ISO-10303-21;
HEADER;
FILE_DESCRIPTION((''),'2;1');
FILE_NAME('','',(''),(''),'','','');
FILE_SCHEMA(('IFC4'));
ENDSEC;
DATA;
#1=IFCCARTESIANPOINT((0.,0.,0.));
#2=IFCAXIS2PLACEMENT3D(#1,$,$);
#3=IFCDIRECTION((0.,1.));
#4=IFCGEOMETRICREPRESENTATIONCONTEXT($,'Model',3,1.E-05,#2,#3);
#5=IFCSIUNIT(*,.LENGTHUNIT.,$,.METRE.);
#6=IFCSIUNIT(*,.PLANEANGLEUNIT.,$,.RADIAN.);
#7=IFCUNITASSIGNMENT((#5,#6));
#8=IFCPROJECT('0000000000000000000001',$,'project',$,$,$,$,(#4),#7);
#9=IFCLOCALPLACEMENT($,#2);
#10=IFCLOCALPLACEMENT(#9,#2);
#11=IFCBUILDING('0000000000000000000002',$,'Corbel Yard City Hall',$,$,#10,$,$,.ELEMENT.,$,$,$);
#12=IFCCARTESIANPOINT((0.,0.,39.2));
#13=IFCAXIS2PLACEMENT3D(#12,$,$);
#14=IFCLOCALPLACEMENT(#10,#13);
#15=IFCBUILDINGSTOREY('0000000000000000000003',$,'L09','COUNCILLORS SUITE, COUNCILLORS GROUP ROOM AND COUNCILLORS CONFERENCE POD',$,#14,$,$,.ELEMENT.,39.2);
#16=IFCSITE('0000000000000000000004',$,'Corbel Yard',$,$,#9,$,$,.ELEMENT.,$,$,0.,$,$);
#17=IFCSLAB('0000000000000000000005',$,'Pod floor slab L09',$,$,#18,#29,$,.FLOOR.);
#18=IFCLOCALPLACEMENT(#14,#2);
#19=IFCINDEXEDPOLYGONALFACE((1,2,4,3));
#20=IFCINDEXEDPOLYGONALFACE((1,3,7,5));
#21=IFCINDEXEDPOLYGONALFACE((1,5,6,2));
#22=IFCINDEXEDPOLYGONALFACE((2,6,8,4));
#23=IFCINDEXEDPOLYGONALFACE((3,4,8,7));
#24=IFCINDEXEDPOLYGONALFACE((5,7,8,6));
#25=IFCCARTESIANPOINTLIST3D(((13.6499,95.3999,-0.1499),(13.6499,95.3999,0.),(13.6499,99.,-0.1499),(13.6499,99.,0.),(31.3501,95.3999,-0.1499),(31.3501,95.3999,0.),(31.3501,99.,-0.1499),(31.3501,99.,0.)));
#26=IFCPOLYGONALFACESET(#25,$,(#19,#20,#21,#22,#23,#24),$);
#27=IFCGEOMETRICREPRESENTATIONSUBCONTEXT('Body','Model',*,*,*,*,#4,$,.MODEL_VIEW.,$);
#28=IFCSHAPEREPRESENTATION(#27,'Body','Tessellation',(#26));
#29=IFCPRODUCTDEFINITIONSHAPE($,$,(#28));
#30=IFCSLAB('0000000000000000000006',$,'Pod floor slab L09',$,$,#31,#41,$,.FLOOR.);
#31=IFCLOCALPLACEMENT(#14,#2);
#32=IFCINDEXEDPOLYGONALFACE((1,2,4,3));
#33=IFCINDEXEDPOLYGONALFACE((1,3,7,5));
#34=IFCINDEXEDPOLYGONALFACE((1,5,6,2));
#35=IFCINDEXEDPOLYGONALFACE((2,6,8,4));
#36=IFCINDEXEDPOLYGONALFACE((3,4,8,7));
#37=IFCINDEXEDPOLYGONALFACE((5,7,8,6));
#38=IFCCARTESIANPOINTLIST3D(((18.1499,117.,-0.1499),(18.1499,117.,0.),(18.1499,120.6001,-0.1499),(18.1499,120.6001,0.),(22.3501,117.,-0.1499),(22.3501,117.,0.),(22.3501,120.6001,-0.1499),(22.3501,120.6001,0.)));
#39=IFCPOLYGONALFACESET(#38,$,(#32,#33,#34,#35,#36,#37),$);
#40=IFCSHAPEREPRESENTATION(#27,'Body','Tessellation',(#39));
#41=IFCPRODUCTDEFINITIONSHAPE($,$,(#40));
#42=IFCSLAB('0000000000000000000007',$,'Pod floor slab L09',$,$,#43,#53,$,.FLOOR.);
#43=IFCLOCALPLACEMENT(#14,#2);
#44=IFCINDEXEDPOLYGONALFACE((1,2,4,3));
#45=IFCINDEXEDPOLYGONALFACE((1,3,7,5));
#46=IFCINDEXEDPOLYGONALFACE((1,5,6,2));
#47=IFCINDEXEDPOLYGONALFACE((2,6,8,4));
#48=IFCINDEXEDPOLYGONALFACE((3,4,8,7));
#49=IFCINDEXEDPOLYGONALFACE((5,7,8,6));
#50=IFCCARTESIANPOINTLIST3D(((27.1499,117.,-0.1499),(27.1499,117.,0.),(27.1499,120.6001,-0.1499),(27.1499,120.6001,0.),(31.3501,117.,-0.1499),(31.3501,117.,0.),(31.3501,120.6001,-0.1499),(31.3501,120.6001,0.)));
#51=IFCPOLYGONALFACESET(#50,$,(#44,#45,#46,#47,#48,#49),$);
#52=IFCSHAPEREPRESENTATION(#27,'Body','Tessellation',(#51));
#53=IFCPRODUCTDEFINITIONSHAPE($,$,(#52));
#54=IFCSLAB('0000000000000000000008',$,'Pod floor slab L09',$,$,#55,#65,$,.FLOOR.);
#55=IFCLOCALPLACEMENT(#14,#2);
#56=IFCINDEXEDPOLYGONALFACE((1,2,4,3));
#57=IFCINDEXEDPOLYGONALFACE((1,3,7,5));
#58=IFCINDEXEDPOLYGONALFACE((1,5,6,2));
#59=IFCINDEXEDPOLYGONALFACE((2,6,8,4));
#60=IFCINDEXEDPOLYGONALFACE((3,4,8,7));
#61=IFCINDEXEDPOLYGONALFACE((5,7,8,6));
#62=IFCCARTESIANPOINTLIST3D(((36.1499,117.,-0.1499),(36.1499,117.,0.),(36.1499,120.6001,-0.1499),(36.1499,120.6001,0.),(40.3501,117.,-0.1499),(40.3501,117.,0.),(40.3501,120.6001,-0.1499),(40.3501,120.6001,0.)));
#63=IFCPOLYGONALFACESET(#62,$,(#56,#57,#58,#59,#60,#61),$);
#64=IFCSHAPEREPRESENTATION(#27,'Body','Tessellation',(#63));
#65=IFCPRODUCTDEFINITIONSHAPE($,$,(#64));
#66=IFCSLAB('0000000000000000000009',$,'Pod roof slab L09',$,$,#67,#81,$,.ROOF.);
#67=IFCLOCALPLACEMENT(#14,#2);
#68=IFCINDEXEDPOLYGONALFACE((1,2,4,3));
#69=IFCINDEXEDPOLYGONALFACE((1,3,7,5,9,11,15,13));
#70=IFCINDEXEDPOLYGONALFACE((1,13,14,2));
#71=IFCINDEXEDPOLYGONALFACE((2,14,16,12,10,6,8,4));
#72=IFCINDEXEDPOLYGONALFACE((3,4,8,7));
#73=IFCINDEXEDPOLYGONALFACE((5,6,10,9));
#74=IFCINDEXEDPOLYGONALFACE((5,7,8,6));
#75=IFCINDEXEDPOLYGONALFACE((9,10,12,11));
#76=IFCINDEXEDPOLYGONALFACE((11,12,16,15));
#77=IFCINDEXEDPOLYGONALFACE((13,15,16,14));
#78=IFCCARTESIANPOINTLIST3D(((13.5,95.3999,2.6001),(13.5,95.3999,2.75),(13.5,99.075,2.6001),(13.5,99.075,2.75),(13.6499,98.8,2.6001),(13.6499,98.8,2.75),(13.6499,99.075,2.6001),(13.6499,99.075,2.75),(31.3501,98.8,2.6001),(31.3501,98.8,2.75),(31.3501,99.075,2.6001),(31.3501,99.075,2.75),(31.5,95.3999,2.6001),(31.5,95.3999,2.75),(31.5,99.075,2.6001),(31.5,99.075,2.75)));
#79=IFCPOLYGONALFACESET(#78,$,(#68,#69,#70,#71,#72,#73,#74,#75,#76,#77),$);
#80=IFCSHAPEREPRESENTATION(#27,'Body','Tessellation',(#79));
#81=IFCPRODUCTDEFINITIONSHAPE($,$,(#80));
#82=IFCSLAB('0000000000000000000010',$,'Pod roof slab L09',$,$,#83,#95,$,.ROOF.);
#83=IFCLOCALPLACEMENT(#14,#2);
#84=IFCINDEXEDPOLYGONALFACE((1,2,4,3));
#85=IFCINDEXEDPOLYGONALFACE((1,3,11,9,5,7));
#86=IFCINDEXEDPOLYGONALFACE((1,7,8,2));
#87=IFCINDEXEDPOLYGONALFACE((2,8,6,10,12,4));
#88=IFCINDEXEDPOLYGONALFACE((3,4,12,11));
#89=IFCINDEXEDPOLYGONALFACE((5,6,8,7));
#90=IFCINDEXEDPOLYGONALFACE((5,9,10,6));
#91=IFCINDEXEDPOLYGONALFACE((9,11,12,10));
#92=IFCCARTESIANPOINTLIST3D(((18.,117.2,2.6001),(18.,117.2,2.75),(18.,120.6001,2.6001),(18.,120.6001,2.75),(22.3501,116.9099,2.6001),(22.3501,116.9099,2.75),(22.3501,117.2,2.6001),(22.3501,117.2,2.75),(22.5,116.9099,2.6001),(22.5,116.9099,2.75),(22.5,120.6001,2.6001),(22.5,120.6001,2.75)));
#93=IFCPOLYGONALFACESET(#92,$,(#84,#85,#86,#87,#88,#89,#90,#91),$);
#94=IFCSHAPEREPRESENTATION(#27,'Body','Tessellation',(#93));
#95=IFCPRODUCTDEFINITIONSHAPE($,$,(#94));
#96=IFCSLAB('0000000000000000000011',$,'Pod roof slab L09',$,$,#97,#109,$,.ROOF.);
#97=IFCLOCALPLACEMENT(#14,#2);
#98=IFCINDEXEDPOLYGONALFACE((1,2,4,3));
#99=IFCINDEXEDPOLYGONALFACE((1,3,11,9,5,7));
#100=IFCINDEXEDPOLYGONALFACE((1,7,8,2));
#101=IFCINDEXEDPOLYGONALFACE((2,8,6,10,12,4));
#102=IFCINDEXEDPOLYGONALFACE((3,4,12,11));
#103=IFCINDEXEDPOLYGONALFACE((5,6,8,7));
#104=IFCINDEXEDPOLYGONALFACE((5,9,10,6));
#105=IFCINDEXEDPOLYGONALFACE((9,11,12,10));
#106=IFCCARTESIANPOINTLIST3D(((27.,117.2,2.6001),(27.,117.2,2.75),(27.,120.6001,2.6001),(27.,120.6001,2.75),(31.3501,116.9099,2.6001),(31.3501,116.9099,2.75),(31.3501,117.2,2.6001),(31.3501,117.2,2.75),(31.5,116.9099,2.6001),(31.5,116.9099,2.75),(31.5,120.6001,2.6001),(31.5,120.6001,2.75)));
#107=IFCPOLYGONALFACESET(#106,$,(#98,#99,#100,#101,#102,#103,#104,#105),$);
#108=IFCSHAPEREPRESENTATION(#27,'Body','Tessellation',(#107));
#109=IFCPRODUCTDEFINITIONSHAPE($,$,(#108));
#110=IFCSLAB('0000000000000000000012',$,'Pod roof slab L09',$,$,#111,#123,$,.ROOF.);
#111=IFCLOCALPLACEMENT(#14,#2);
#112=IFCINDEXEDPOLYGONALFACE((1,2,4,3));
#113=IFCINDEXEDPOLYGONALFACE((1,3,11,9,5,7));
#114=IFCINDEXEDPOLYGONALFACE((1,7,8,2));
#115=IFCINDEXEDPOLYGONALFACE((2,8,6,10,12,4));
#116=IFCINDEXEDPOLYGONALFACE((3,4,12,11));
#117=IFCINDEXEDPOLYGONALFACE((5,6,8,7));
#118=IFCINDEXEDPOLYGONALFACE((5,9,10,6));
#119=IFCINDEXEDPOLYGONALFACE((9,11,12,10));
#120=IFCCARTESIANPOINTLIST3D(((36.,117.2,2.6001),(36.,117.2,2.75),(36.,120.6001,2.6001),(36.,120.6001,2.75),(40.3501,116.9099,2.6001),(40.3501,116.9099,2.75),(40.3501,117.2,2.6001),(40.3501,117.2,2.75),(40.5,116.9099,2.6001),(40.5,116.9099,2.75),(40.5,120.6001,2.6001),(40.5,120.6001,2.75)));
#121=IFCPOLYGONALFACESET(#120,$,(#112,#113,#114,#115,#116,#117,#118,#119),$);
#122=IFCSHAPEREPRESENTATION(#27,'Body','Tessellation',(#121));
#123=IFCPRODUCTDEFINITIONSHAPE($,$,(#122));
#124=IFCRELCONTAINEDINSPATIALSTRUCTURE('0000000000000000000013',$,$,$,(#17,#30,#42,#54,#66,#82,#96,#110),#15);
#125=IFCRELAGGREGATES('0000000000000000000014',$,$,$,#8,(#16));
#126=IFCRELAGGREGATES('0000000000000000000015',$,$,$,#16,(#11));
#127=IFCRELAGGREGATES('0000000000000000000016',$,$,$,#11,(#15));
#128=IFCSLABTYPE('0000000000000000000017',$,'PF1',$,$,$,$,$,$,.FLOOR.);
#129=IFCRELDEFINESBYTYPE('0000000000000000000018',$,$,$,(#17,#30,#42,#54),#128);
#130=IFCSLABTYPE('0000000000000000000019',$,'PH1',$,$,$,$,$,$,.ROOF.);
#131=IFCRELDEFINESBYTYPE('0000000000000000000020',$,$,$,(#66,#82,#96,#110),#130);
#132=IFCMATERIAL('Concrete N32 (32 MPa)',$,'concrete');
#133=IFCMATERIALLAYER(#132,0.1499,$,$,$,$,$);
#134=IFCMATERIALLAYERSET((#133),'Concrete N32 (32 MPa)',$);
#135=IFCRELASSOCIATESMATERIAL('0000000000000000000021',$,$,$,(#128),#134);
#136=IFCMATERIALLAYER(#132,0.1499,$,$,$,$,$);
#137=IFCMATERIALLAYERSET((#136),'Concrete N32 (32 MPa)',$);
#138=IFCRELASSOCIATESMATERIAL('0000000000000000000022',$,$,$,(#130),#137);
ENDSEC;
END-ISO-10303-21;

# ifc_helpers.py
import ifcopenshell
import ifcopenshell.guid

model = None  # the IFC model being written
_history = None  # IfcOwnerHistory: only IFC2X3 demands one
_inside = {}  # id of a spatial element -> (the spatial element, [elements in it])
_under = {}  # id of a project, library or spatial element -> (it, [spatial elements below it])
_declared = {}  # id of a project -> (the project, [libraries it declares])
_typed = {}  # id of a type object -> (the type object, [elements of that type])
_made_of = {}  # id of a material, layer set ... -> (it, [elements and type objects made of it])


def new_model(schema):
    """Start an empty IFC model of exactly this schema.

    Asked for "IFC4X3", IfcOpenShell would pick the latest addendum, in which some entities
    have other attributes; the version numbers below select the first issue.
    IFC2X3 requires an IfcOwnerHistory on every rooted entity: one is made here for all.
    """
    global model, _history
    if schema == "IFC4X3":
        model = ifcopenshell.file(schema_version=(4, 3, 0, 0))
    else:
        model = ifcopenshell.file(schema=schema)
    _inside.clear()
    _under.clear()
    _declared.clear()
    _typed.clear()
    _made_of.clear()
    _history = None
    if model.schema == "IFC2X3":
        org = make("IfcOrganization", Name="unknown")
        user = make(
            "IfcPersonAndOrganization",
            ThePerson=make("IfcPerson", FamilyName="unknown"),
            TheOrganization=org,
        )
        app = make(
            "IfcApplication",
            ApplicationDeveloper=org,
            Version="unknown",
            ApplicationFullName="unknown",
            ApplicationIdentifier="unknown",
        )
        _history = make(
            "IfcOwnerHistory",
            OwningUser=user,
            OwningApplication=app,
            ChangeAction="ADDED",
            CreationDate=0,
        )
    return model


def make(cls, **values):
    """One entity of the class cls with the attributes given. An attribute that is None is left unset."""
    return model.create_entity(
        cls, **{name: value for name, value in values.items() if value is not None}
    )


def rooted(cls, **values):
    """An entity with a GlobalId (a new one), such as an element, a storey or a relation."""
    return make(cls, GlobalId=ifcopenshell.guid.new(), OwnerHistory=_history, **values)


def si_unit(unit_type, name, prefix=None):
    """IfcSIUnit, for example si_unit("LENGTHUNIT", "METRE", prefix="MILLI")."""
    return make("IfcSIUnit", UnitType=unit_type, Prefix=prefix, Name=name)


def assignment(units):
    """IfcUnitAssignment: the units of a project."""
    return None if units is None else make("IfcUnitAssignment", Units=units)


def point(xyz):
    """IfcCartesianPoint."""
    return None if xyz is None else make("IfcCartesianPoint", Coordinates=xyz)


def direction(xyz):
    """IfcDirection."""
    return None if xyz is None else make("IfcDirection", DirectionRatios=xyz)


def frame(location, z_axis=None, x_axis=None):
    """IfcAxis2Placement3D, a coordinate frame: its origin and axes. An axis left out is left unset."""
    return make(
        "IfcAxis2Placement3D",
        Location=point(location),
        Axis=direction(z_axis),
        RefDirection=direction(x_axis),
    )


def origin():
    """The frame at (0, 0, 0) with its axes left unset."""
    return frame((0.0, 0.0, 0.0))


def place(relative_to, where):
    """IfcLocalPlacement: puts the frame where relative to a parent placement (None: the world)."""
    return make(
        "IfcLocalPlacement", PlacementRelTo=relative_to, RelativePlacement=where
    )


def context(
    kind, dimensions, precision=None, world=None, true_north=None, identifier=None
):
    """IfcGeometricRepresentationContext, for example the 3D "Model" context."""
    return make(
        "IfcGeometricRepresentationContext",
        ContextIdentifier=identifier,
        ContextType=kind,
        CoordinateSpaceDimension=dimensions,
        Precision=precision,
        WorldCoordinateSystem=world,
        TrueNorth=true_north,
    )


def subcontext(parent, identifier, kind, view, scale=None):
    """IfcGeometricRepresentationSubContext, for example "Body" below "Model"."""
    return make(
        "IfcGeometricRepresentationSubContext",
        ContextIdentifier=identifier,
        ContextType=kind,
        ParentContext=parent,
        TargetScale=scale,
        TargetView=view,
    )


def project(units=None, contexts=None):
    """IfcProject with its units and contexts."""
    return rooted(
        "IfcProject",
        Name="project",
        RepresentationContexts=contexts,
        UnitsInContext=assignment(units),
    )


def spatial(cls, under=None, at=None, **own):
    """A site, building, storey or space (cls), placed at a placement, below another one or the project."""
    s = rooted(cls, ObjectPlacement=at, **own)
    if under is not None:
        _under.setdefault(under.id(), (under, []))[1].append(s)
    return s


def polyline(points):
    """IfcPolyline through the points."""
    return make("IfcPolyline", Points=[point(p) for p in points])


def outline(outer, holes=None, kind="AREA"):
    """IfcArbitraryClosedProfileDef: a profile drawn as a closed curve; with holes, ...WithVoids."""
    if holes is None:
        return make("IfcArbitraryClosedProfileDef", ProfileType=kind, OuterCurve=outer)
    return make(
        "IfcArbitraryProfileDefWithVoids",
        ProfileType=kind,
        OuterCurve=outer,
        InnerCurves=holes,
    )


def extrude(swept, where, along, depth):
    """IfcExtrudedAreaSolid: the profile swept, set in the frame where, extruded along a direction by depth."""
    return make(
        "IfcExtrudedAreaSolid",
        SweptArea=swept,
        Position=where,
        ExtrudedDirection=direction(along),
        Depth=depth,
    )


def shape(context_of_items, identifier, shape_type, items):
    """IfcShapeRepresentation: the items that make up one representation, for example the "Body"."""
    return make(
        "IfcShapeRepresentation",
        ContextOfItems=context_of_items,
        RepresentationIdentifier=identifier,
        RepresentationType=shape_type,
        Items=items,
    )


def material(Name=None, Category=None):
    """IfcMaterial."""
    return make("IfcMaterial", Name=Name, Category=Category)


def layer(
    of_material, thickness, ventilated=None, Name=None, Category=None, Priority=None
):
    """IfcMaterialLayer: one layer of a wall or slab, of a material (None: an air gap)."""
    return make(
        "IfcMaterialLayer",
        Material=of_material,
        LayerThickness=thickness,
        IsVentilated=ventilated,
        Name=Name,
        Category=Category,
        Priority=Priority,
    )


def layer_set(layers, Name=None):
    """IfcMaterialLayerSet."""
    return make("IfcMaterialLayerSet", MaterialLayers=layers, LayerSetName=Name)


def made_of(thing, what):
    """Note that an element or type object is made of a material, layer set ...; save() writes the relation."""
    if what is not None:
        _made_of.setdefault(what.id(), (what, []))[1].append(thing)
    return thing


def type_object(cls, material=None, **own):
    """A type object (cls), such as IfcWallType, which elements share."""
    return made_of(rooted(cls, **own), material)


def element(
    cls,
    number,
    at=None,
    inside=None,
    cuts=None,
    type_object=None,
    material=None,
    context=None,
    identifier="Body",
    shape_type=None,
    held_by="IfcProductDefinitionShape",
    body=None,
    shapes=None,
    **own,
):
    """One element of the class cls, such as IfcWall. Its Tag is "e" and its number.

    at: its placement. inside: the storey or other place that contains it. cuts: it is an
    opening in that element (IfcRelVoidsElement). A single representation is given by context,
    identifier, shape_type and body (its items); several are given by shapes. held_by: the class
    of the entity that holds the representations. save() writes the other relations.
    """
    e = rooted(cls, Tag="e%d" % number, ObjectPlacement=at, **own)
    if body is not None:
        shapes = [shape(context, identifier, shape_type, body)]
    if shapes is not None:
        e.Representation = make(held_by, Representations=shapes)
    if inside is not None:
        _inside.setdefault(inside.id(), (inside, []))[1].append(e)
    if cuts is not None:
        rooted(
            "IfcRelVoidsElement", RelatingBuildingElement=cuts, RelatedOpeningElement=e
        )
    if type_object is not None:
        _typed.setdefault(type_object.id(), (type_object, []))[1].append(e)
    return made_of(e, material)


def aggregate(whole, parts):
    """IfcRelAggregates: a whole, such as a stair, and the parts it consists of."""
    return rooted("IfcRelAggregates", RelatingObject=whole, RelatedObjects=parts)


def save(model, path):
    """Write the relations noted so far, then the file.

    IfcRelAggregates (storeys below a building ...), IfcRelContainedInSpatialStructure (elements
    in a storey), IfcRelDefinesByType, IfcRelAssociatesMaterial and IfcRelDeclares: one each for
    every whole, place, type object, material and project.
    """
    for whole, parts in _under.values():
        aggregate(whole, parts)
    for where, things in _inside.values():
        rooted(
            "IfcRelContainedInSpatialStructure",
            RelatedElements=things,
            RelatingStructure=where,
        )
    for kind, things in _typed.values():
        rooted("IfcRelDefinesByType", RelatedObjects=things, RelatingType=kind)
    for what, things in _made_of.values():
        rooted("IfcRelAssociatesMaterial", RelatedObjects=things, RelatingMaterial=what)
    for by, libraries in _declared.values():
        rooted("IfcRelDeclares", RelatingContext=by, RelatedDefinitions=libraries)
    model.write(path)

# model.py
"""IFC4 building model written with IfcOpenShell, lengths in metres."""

from ifc_helpers import new_model, si_unit, direction, frame, origin, place, context, subcontext, project, spatial, polyline, outline, extrude, material, layer, layer_set, type_object, element, save


model = new_model("IFC4")

# Units and contexts
model_context = context("Model", 3, precision=1e-05, world=origin(), true_north=direction((0.0, 1.0)))
body_context = subcontext(model_context, "Body", "Model", "MODEL_VIEW")
ifc_project = project(units=[si_unit("LENGTHUNIT", "METRE"), si_unit("PLANEANGLEUNIT", "RADIAN")], contexts=[model_context])

# Site, building, storey
site_placement = place(None, origin())
site = spatial("IfcSite", under=ifc_project, at=site_placement, Name="Corbel Yard", CompositionType="ELEMENT", RefElevation=0.0)
building_placement = place(site_placement, origin())
building = spatial("IfcBuilding", under=site, at=building_placement, Name="Corbel Yard City Hall", CompositionType="ELEMENT")
storey_placement = place(building_placement, frame((0.0, 0.0, 39.2)))
storey = spatial("IfcBuildingStorey", under=building, at=storey_placement, Name="L09", Description="COUNCILLORS SUITE, COUNCILLORS GROUP ROOM AND COUNCILLORS CONFERENCE POD", CompositionType="ELEMENT", Elevation=39.2)

# Slabs
ifc_material_1 = material(Name="Concrete N32 (32 MPa)", Category="concrete")
ifc_layer_1 = layer(ifc_material_1, 0.1499)
ifc_layer_set_1 = layer_set([ifc_layer_1], Name="Concrete N32 (32 MPa)")
slab_type_1 = type_object("IfcSlabType", Name="PF1", PredefinedType="FLOOR", material=ifc_layer_set_1)
slab_1_placement = place(storey_placement, frame((0.0, 0.0, -0.1499)))
element("IfcSlab", 1, at=slab_1_placement, inside=storey, type_object=slab_type_1, Name="Pod floor slab L09", PredefinedType="FLOOR", context=body_context, shape_type="SweptSolid", body=[
    extrude(outline(polyline([(13.6499, 95.3999), (31.3501, 95.3999), (31.3501, 99.0), (13.6499, 99.0), (13.6499, 95.3999)])), origin(), (0.0, 0.0, 1.0), 0.1499),
])
slab_2_placement = place(storey_placement, frame((0.0, 0.0, -0.1499)))
element("IfcSlab", 2, at=slab_2_placement, inside=storey, type_object=slab_type_1, Name="Pod floor slab L09", PredefinedType="FLOOR", context=body_context, shape_type="SweptSolid", body=[
    extrude(outline(polyline([(18.1499, 117.0), (22.3501, 117.0), (22.3501, 120.6001), (18.1499, 120.6001), (18.1499, 117.0)])), origin(), (0.0, 0.0, 1.0), 0.1499),
])
slab_3_placement = place(storey_placement, frame((0.0, 0.0, -0.1499)))
element("IfcSlab", 3, at=slab_3_placement, inside=storey, type_object=slab_type_1, Name="Pod floor slab L09", PredefinedType="FLOOR", context=body_context, shape_type="SweptSolid", body=[
    extrude(outline(polyline([(27.1499, 117.0), (31.3501, 117.0), (31.3501, 120.6001), (27.1499, 120.6001), (27.1499, 117.0)])), origin(), (0.0, 0.0, 1.0), 0.1499),
])
slab_4_placement = place(storey_placement, frame((0.0, 0.0, -0.1499)))
element("IfcSlab", 4, at=slab_4_placement, inside=storey, type_object=slab_type_1, Name="Pod floor slab L09", PredefinedType="FLOOR", context=body_context, shape_type="SweptSolid", body=[
    extrude(outline(polyline([(36.1499, 117.0), (40.3501, 117.0), (40.3501, 120.6001), (36.1499, 120.6001), (36.1499, 117.0)])), origin(), (0.0, 0.0, 1.0), 0.1499),
])
ifc_layer_2 = layer(ifc_material_1, 0.1499)
ifc_layer_set_2 = layer_set([ifc_layer_2], Name="Concrete N32 (32 MPa)")
slab_type_2 = type_object("IfcSlabType", Name="PH1", PredefinedType="ROOF", material=ifc_layer_set_2)
slab_5_placement = place(storey_placement, frame((0.0, 0.0, 2.6001)))
element("IfcSlab", 5, at=slab_5_placement, inside=storey, type_object=slab_type_2, Name="Pod roof slab L09", PredefinedType="ROOF", context=body_context, shape_type="SweptSolid", body=[
    extrude(outline(polyline([(13.5, 95.3999), (31.5, 95.3999), (31.5, 99.075), (31.3501, 99.075), (31.3501, 98.8), (13.6499, 98.8), (13.6499, 99.075), (13.5, 99.075), (13.5, 95.3999)])), origin(), (0.0, 0.0, 1.0), 0.1499),
])
slab_6_placement = place(storey_placement, frame((0.0, 0.0, 2.6001)))
element("IfcSlab", 6, at=slab_6_placement, inside=storey, type_object=slab_type_2, Name="Pod roof slab L09", PredefinedType="ROOF", context=body_context, shape_type="SweptSolid", body=[
    extrude(outline(polyline([(18.0, 120.6001), (18.0, 117.2), (22.3501, 117.2), (22.3501, 116.9099), (22.5, 116.9099), (22.5, 120.6001), (18.0, 120.6001)])), origin(), (0.0, 0.0, 1.0), 0.1499),
])
slab_7_placement = place(storey_placement, frame((0.0, 0.0, 2.6001)))
element("IfcSlab", 7, at=slab_7_placement, inside=storey, type_object=slab_type_2, Name="Pod roof slab L09", PredefinedType="ROOF", context=body_context, shape_type="SweptSolid", body=[
    extrude(outline(polyline([(27.0, 120.6001), (27.0, 117.2), (31.3501, 117.2), (31.3501, 116.9099), (31.5, 116.9099), (31.5, 120.6001), (27.0, 120.6001)])), origin(), (0.0, 0.0, 1.0), 0.1499),
])
slab_8_placement = place(storey_placement, frame((0.0, 0.0, 2.6001)))
element("IfcSlab", 8, at=slab_8_placement, inside=storey, type_object=slab_type_2, Name="Pod roof slab L09", PredefinedType="ROOF", context=body_context, shape_type="SweptSolid", body=[
    extrude(outline(polyline([(36.0, 120.6001), (36.0, 117.2), (40.3501, 117.2), (40.3501, 116.9099), (40.5, 116.9099), (40.5, 120.6001), (36.0, 120.6001)])), origin(), (0.0, 0.0, 1.0), 0.1499),
])

save(model, "model.ifc")
